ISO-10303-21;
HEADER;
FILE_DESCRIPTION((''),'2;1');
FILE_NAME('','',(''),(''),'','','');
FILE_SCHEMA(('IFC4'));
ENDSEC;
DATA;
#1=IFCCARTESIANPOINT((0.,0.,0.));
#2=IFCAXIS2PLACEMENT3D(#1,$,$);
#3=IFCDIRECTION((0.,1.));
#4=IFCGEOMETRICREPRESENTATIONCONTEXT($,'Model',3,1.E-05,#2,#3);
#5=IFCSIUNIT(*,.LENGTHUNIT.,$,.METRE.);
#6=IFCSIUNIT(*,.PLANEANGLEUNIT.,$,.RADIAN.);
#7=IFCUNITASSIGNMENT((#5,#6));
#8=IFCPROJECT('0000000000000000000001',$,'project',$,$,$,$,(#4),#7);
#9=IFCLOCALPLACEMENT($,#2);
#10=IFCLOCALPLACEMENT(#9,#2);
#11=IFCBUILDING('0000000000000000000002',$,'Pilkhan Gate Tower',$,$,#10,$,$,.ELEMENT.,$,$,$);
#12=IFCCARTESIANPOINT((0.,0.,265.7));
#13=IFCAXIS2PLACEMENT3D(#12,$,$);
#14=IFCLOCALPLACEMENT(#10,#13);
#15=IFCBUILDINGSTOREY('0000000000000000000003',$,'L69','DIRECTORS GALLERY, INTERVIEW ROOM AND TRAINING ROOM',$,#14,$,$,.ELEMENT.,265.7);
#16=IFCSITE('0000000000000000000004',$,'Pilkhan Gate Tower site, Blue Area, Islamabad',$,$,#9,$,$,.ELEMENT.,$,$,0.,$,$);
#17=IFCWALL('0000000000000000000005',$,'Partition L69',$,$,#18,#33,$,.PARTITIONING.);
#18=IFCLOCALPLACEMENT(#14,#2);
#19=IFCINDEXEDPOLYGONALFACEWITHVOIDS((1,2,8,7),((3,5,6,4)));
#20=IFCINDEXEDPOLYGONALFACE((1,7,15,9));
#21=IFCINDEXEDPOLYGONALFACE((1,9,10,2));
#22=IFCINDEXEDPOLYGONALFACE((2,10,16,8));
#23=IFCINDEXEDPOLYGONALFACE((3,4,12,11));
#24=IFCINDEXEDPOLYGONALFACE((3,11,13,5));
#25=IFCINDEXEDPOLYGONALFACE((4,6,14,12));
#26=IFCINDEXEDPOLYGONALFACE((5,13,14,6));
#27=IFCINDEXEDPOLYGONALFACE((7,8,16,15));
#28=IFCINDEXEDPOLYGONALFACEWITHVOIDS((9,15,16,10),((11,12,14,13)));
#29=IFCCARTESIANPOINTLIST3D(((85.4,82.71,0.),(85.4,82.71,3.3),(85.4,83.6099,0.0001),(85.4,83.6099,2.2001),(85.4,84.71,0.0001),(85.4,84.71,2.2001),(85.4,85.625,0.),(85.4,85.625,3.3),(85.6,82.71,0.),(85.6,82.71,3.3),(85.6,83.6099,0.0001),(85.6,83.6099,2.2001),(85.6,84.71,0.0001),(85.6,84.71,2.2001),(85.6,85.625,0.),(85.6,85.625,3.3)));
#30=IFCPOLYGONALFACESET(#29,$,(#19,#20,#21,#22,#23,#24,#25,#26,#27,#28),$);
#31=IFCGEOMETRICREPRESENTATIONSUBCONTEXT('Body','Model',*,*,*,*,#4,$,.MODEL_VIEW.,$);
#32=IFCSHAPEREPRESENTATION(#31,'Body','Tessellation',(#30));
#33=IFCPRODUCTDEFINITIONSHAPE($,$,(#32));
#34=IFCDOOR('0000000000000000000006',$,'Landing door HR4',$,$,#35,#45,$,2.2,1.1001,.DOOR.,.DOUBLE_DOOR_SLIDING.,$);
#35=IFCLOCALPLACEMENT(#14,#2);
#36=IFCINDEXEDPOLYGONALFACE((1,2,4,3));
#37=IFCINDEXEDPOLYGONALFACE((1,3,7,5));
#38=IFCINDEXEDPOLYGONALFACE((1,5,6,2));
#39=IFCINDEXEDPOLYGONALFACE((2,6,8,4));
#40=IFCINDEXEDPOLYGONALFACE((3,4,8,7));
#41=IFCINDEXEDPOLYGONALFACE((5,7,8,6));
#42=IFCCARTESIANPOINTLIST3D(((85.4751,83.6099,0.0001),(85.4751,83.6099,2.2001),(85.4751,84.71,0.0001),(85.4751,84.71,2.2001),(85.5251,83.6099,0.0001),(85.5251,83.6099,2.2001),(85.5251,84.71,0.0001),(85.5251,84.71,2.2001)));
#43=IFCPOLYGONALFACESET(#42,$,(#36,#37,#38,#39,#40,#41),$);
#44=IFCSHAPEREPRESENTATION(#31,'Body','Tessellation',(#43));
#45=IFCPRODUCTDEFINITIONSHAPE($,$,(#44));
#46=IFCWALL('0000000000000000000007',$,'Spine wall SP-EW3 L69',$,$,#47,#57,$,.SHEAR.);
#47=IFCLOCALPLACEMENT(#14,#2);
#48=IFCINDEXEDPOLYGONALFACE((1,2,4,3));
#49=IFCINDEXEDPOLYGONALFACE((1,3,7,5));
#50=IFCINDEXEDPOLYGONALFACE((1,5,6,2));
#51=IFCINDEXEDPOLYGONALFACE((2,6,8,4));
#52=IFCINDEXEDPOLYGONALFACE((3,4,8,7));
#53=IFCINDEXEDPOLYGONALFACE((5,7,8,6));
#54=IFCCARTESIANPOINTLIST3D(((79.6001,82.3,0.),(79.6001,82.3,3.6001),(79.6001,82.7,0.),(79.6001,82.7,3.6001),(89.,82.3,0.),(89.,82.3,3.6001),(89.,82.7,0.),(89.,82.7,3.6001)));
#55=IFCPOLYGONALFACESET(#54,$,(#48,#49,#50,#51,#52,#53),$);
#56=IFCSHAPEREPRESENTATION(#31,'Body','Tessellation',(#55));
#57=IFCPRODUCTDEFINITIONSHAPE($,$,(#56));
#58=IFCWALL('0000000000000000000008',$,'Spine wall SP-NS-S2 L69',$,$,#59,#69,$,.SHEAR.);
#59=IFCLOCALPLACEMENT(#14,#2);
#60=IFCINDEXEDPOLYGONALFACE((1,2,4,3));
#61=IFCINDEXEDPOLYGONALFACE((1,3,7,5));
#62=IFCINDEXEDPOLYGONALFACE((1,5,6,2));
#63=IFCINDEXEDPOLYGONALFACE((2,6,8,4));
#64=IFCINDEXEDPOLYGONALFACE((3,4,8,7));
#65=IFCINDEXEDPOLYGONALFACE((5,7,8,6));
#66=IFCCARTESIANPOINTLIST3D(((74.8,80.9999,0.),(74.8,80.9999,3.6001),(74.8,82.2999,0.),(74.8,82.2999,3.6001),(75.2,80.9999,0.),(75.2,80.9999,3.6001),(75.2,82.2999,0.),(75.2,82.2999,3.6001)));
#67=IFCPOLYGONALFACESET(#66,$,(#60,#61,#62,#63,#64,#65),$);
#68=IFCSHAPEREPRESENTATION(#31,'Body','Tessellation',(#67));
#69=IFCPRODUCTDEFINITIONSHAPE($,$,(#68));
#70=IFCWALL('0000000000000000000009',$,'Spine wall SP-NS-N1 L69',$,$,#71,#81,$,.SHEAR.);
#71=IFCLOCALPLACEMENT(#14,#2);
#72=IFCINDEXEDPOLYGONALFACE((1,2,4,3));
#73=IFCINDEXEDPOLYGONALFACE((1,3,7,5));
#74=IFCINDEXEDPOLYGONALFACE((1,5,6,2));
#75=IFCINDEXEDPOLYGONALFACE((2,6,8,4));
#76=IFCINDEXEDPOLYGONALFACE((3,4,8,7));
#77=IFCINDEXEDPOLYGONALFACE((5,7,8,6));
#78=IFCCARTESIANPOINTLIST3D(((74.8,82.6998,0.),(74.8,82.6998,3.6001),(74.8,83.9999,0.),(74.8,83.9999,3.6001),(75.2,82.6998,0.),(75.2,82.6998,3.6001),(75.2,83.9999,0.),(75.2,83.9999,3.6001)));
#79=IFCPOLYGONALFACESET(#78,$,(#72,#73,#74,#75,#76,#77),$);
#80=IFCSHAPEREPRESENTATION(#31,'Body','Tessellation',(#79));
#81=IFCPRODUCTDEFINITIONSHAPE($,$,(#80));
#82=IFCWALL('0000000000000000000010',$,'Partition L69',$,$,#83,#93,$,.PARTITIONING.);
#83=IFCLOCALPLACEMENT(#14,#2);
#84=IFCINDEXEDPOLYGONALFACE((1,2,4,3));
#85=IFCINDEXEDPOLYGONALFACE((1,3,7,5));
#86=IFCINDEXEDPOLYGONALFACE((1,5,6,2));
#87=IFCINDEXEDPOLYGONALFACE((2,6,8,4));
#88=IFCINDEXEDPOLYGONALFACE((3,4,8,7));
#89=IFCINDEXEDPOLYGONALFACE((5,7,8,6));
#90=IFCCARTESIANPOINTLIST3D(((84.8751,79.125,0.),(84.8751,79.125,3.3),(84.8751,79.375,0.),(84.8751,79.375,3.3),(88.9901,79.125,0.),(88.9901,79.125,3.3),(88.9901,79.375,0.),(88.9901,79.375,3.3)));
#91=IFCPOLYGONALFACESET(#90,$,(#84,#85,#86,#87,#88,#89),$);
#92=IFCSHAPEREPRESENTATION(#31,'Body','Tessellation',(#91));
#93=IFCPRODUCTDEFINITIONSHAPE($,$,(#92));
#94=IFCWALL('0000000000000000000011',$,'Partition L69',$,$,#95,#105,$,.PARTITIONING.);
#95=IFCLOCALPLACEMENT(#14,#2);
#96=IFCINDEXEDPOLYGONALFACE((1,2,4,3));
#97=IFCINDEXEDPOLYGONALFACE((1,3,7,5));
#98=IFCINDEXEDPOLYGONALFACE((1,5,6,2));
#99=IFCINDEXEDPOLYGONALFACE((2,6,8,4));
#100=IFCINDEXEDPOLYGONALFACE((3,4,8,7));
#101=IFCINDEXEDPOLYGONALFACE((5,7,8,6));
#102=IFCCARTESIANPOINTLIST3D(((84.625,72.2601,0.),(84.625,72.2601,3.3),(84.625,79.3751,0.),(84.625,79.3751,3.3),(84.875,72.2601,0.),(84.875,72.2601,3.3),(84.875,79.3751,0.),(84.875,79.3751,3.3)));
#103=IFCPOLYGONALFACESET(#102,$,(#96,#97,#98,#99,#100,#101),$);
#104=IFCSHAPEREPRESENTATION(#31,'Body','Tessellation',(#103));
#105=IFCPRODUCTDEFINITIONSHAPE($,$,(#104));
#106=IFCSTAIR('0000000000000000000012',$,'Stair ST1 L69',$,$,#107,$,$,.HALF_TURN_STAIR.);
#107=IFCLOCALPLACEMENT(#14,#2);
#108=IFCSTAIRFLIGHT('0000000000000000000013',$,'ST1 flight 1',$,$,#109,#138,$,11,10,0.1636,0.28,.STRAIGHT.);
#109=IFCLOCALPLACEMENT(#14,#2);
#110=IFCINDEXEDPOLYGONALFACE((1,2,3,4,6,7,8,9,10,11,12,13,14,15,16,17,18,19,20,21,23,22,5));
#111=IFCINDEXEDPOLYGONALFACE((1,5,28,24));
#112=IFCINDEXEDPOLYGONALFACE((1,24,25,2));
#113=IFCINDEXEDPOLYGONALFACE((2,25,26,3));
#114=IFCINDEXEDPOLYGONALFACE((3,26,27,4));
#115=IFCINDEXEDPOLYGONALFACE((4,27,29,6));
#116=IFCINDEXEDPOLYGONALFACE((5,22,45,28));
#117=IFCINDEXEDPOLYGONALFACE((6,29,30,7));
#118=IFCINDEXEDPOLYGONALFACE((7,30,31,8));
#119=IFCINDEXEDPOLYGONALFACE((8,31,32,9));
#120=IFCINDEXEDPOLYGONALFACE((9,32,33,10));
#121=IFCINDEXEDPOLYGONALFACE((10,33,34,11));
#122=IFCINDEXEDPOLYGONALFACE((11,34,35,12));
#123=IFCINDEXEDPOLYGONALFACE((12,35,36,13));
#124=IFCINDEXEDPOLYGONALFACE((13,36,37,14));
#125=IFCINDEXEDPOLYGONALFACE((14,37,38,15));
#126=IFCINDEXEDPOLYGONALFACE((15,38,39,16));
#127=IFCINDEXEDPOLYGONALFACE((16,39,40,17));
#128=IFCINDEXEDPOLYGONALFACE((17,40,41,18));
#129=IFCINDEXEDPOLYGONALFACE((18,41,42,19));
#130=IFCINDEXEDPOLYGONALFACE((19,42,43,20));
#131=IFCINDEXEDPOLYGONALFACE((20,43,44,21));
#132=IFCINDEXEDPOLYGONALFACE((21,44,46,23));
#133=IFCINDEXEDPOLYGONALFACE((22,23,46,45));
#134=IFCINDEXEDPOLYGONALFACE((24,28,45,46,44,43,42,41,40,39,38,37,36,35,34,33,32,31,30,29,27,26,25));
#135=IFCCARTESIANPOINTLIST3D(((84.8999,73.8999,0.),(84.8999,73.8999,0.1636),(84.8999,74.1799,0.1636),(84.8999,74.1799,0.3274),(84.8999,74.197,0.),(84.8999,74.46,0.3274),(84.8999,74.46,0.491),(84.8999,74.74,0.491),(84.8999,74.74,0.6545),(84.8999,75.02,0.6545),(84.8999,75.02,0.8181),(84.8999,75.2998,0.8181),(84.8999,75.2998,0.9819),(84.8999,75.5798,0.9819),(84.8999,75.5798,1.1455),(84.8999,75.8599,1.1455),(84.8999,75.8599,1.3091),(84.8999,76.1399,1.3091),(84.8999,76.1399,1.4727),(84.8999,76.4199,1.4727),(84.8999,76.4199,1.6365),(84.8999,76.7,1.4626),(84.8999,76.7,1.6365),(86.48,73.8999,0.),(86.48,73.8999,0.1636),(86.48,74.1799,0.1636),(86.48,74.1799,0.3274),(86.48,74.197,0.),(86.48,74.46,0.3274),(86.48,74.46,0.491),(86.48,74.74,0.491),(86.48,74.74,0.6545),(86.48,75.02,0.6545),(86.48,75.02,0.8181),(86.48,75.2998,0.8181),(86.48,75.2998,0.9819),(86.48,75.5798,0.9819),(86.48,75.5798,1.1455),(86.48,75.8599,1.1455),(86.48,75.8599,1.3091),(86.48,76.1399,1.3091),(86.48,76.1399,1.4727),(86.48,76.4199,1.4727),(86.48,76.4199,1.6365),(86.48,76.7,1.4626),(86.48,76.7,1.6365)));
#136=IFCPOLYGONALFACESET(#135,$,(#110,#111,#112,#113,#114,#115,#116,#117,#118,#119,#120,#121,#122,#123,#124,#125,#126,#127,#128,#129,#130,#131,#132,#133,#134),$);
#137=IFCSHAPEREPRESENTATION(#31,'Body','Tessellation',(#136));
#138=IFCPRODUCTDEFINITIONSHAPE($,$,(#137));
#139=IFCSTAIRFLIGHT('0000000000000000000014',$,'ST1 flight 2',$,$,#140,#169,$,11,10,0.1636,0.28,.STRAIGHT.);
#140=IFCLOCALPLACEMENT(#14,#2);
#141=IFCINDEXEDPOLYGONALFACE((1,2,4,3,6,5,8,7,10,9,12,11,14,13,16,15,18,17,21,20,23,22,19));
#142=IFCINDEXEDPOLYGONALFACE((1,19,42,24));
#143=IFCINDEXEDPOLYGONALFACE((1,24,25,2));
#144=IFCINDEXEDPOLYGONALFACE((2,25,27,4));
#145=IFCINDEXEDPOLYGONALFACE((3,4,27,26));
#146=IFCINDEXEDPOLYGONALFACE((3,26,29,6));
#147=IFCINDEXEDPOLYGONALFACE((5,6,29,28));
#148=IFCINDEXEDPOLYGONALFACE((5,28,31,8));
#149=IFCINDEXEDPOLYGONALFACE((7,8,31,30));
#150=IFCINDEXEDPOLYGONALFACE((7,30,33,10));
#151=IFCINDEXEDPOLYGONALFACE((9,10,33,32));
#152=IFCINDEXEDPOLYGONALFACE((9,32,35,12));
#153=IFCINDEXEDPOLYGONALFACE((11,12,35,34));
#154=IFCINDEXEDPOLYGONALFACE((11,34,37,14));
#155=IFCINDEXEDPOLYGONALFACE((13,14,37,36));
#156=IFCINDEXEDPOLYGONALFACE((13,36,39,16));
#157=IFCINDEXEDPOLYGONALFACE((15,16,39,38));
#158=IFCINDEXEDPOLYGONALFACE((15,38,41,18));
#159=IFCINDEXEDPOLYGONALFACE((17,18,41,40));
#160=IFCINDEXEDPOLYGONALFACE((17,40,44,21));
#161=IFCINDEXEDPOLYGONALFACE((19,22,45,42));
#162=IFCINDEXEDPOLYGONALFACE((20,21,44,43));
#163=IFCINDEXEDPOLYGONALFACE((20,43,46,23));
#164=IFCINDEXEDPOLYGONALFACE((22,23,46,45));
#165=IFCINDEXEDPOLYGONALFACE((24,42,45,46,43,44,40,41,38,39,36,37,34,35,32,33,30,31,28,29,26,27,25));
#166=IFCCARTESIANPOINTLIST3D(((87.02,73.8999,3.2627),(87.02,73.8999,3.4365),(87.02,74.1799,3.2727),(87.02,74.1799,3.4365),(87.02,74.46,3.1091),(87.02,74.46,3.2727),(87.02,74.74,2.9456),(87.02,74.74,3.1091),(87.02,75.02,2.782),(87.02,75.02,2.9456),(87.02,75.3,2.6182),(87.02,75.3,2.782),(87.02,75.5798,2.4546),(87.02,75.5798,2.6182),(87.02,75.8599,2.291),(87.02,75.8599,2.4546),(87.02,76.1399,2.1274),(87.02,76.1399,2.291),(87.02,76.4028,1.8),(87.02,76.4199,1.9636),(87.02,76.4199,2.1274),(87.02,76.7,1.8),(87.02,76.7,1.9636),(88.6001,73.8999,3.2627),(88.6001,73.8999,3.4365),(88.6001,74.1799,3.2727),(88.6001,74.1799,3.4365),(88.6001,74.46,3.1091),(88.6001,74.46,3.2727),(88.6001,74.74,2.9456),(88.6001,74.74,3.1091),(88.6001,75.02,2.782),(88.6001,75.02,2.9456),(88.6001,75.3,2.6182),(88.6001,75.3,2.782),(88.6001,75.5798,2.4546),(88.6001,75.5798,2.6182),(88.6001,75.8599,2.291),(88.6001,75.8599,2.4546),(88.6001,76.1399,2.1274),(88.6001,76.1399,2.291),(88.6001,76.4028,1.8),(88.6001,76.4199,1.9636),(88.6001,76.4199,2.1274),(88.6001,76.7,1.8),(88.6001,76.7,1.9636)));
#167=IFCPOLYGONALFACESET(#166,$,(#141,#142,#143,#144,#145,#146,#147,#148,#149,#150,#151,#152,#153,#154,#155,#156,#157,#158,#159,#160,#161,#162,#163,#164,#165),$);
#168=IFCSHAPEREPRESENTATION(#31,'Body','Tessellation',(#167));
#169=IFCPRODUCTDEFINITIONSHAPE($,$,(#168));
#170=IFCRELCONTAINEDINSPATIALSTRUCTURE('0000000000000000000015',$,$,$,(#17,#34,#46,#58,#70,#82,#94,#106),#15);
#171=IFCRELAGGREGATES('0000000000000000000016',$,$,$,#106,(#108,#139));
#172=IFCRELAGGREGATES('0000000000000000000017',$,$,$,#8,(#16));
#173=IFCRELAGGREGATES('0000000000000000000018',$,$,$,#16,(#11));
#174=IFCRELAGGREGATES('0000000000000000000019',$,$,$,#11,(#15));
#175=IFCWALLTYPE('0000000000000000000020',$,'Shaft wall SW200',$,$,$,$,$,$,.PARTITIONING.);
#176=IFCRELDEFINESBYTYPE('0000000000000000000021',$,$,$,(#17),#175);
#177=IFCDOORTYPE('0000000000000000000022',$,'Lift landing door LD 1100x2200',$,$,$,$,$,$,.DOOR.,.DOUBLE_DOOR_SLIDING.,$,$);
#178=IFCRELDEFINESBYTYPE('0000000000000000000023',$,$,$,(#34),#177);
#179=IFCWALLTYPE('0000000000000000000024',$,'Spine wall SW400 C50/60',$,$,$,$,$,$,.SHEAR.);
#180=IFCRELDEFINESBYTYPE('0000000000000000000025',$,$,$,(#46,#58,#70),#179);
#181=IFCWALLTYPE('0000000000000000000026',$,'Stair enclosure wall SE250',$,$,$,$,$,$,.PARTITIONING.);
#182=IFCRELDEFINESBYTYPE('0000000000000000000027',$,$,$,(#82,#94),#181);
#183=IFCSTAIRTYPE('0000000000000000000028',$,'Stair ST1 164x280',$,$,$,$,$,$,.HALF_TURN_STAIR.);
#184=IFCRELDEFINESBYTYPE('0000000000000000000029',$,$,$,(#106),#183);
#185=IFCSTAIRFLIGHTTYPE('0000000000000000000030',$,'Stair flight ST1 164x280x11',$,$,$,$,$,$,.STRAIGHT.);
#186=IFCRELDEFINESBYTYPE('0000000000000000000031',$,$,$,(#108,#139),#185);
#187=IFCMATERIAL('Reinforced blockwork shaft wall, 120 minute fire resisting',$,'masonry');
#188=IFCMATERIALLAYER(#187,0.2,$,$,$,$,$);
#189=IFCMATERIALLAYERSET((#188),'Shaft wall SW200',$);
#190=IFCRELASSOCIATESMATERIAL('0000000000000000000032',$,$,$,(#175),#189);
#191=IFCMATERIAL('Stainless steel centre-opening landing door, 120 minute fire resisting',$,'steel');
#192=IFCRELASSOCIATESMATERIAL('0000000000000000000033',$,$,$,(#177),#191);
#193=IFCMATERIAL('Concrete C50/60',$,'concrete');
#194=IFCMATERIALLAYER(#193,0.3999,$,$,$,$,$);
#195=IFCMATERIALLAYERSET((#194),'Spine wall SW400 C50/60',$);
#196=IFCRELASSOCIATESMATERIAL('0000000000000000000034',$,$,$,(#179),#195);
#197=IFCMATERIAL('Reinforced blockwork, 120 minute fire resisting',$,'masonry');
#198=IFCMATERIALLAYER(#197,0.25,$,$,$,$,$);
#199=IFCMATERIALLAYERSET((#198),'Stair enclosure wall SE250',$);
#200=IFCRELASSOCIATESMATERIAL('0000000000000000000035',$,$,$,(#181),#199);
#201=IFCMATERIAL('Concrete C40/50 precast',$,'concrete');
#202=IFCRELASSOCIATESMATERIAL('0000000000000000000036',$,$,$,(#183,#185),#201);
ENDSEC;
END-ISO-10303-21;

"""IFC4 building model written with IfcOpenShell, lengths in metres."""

from ifc_helpers import new_model, si_unit, direction, frame, frame_2d, origin, place, context, subcontext, project, spatial, polyline, rectangle, outline, extrude, material, layer, layer_set, type_object, element, fill, aggregate, save


model = new_model("IFC4")

# Units and contexts
model_context = context("Model", 3, precision=1e-05, world=origin(), true_north=direction((0.0, 1.0)))
body_context = subcontext(model_context, "Body", "Model", "MODEL_VIEW")
ifc_project = project(units=[si_unit("LENGTHUNIT", "METRE"), si_unit("PLANEANGLEUNIT", "RADIAN")], contexts=[model_context])

# Site, building, storey
site_placement = place(None, origin())
site = spatial("IfcSite", under=ifc_project, at=site_placement, Name="Pilkhan Gate Tower site, Blue Area, Islamabad", CompositionType="ELEMENT", RefElevation=0.0)
building_placement = place(site_placement, origin())
building = spatial("IfcBuilding", under=site, at=building_placement, Name="Pilkhan Gate Tower", CompositionType="ELEMENT")
storey_placement = place(building_placement, frame((0.0, 0.0, 265.7)))
storey = spatial("IfcBuildingStorey", under=building, at=storey_placement, Name="L69", Description="DIRECTORS GALLERY, INTERVIEW ROOM AND TRAINING ROOM", CompositionType="ELEMENT", Elevation=265.7)

# Shared definitions
ifc_material_1 = material(Name="Concrete C50/60", Category="concrete")

# Wall, opening, door
ifc_material_2 = material(Name="Reinforced blockwork shaft wall, 120 minute fire resisting", Category="masonry")
ifc_layer_1 = layer(ifc_material_2, 0.2)
ifc_layer_set_1 = layer_set([ifc_layer_1], Name="Shaft wall SW200")
wall_type_1 = type_object("IfcWallType", Name="Shaft wall SW200", PredefinedType="PARTITIONING", material=ifc_layer_set_1)
wall_1_placement = place(storey_placement, frame((85.5, 82.71, 0.0), z_axis=(0.0, 0.0, 1.0), x_axis=(0.0, 1.0, 0.0)))
wall_1 = element("IfcWall", 1, at=wall_1_placement, inside=storey, type_object=wall_type_1, Name="Partition L69", PredefinedType="PARTITIONING", context=body_context, shape_type="SweptSolid", body=[
    extrude(rectangle(XDim=2.915, YDim=0.2, at=frame_2d((1.4575, 0.0))), origin(), (0.0, 0.0, 1.0), 3.3),
])
opening_1_placement = place(wall_1_placement, frame((0.8999, 0.0, 0.0)))
opening_1 = element("IfcOpeningElement", 2, at=opening_1_placement, cuts=wall_1, PredefinedType="OPENING", context=body_context, shape_type="SweptSolid", body=[
    extrude(rectangle(XDim=1.1001, YDim=2.2, at=frame_2d((0.55, 1.1001))), frame((0.0, 0.1099, 0.0), z_axis=(0.0, -1.0, 0.0), x_axis=(1.0, 0.0, 0.0)), (0.0, 0.0, 1.0), 0.22),
])
ifc_material_3 = material(Name="Stainless steel centre-opening landing door, 120 minute fire resisting", Category="steel")
door_type_1 = type_object("IfcDoorType", Name="Lift landing door LD 1100x2200", OperationType="DOUBLE_DOOR_SLIDING", PredefinedType="DOOR", material=ifc_material_3)
door_1_placement = place(opening_1_placement, origin())
door_1 = element("IfcDoor", 3, at=door_1_placement, inside=storey, type_object=door_type_1, Name="Landing door HR4", OperationType="DOUBLE_DOOR_SLIDING", OverallHeight=2.2, OverallWidth=1.1001, PredefinedType="DOOR", context=body_context, shape_type="SweptSolid", body=[
    extrude(rectangle(XDim=1.1001, YDim=2.2, at=frame_2d((0.55, 1.1001))), frame((0.0, 0.0249, 0.0), z_axis=(0.0, -1.0, 0.0), x_axis=(1.0, 0.0, 0.0)), (0.0, 0.0, 1.0), 0.05),
])
fill(opening_1, door_1)

# Walls
ifc_layer_2 = layer(ifc_material_1, 0.3999)
ifc_layer_set_2 = layer_set([ifc_layer_2], Name="Spine wall SW400 C50/60")
wall_type_2 = type_object("IfcWallType", Name="Spine wall SW400 C50/60", PredefinedType="SHEAR", material=ifc_layer_set_2)
wall_2_placement = place(storey_placement, frame((79.6001, 82.5, 0.0), z_axis=(0.0, 0.0, 1.0), x_axis=(1.0, 0.0, 0.0)))
element("IfcWall", 4, at=wall_2_placement, inside=storey, type_object=wall_type_2, Name="Spine wall SP-EW3 L69", PredefinedType="SHEAR", context=body_context, shape_type="SweptSolid", body=[
    extrude(rectangle(XDim=9.3999, YDim=0.3999, at=frame_2d((4.7, 0.0))), origin(), (0.0, 0.0, 1.0), 3.6001),
])
for number, where, z_axis, x_axis, name in (
    (5, (75.0, 81.0, 0.0), (0.0, 0.0, 1.0), (0.0, 1.0, 0.0), "Spine wall SP-NS-S2 L69"),
    (6, (75.0, 82.7, 0.0), (0.0, 0.0, 1.0), (0.0, 1.0, 0.0), "Spine wall SP-NS-N1 L69"),
):
    element("IfcWall", number, at=place(storey_placement, frame(where, z_axis=z_axis, x_axis=x_axis)), inside=storey, type_object=wall_type_2, Name=name, PredefinedType="SHEAR", context=body_context, shape_type="SweptSolid", body=[
        extrude(rectangle(XDim=1.3, YDim=0.3999, at=frame_2d((0.6499, 0.0))), origin(), (0.0, 0.0, 1.0), 3.6001),
    ])
ifc_material_4 = material(Name="Reinforced blockwork, 120 minute fire resisting", Category="masonry")
ifc_layer_3 = layer(ifc_material_4, 0.25)
ifc_layer_set_3 = layer_set([ifc_layer_3], Name="Stair enclosure wall SE250")
wall_type_3 = type_object("IfcWallType", Name="Stair enclosure wall SE250", PredefinedType="PARTITIONING", material=ifc_layer_set_3)
wall_3_placement = place(storey_placement, frame((84.875, 79.25, 0.0), z_axis=(0.0, 0.0, 1.0), x_axis=(1.0, 0.0, 0.0)))
element("IfcWall", 7, at=wall_3_placement, inside=storey, type_object=wall_type_3, Name="Partition L69", PredefinedType="PARTITIONING", context=body_context, shape_type="SweptSolid", body=[
    extrude(rectangle(XDim=4.115, YDim=0.25, at=frame_2d((2.0576, 0.0))), origin(), (0.0, 0.0, 1.0), 3.3),
])
wall_4_placement = place(storey_placement, frame((84.75, 72.26, 0.0), z_axis=(0.0, 0.0, 1.0), x_axis=(0.0, 1.0, 0.0)))
element("IfcWall", 8, at=wall_4_placement, inside=storey, type_object=wall_type_3, Name="Partition L69", PredefinedType="PARTITIONING", context=body_context, shape_type="SweptSolid", body=[
    extrude(rectangle(XDim=7.115, YDim=0.25, at=frame_2d((3.5576, 0.0))), origin(), (0.0, 0.0, 1.0), 3.3),
])

# Stair, stair flights
ifc_material_5 = material(Name="Concrete C40/50 precast", Category="concrete")
stair_type = type_object("IfcStairType", Name="Stair ST1 164x280", PredefinedType="HALF_TURN_STAIR", material=ifc_material_5)
stair_placement = place(storey_placement, origin())
stair = element("IfcStair", 9, at=stair_placement, inside=storey, type_object=stair_type, Name="Stair ST1 L69", PredefinedType="HALF_TURN_STAIR")
stair_flight_type = type_object("IfcStairFlightType", Name="Stair flight ST1 164x280x11", PredefinedType="STRAIGHT", material=ifc_material_5)
stair_flight_1_placement = place(storey_placement, frame((85.6899, 73.8999, 0.0), z_axis=(0.0, 0.0, 1.0), x_axis=(0.0, 1.0, 0.0)))
stair_flight_1 = element("IfcStairFlight", 10, at=stair_flight_1_placement, type_object=stair_flight_type, Name="ST1 flight 1", NumberOfRisers=11, NumberOfTreads=10, PredefinedType="STRAIGHT", RiserHeight=0.1636, TreadLength=0.28, context=body_context, shape_type="SweptSolid", body=[
    extrude(outline(polyline([(0.0, 0.0), (0.0, 0.1636), (0.28, 0.1636), (0.28, 0.3274), (0.5601, 0.3274), (0.5601, 0.491), (0.8401, 0.491), (0.8401, 0.6545), (1.1201, 0.6545), (1.1201, 0.8181), (1.3999, 0.8181), (1.3999, 0.9819), (1.6799, 0.9819), (1.6799, 1.1455), (1.96, 1.1455), (1.96, 1.3091), (2.24, 1.3091), (2.24, 1.4727), (2.52, 1.4727), (2.52, 1.6365), (2.8, 1.6365), (2.8, 1.8), (2.8, 1.4626), (0.2971, 0.0), (0.0, 0.0)])), frame((0.0, 0.79, 0.0), z_axis=(0.0, -1.0, 0.0), x_axis=(1.0, 0.0, 0.0)), (0.0, 0.0, 1.0), 1.5801),
])
stair_flight_2_placement = place(storey_placement, frame((87.8101, 76.7, 1.8), z_axis=(0.0, 0.0, 1.0), x_axis=(0.0, -1.0, 0.0)))
stair_flight_2 = element("IfcStairFlight", 11, at=stair_flight_2_placement, type_object=stair_flight_type, Name="ST1 flight 2", NumberOfRisers=11, NumberOfTreads=10, PredefinedType="STRAIGHT", RiserHeight=0.1636, TreadLength=0.28, context=body_context, shape_type="SweptSolid", body=[
    extrude(outline(polyline([(0.0, 0.0), (0.0, 0.1636), (0.28, 0.1636), (0.28, 0.3274), (0.5601, 0.3274), (0.5601, 0.491), (0.8401, 0.491), (0.8401, 0.6545), (1.1201, 0.6545), (1.1201, 0.8181), (1.3999, 0.8181), (1.3999, 0.9819), (1.6799, 0.9819), (1.6799, 1.1455), (1.96, 1.1455), (1.96, 1.3091), (2.24, 1.3091), (2.24, 1.4727), (2.52, 1.4727), (2.52, 1.6365), (2.8, 1.6365), (2.8, 1.8), (2.8, 1.4626), (0.2971, 0.0), (0.0, 0.0)])), frame((0.0, 0.79, 0.0), z_axis=(0.0, -1.0, 0.0), x_axis=(1.0, 0.0, 0.0)), (0.0, 0.0, 1.0), 1.5801),
])
aggregate(stair, [stair_flight_1, stair_flight_2])

save(model, "model.ifc")
